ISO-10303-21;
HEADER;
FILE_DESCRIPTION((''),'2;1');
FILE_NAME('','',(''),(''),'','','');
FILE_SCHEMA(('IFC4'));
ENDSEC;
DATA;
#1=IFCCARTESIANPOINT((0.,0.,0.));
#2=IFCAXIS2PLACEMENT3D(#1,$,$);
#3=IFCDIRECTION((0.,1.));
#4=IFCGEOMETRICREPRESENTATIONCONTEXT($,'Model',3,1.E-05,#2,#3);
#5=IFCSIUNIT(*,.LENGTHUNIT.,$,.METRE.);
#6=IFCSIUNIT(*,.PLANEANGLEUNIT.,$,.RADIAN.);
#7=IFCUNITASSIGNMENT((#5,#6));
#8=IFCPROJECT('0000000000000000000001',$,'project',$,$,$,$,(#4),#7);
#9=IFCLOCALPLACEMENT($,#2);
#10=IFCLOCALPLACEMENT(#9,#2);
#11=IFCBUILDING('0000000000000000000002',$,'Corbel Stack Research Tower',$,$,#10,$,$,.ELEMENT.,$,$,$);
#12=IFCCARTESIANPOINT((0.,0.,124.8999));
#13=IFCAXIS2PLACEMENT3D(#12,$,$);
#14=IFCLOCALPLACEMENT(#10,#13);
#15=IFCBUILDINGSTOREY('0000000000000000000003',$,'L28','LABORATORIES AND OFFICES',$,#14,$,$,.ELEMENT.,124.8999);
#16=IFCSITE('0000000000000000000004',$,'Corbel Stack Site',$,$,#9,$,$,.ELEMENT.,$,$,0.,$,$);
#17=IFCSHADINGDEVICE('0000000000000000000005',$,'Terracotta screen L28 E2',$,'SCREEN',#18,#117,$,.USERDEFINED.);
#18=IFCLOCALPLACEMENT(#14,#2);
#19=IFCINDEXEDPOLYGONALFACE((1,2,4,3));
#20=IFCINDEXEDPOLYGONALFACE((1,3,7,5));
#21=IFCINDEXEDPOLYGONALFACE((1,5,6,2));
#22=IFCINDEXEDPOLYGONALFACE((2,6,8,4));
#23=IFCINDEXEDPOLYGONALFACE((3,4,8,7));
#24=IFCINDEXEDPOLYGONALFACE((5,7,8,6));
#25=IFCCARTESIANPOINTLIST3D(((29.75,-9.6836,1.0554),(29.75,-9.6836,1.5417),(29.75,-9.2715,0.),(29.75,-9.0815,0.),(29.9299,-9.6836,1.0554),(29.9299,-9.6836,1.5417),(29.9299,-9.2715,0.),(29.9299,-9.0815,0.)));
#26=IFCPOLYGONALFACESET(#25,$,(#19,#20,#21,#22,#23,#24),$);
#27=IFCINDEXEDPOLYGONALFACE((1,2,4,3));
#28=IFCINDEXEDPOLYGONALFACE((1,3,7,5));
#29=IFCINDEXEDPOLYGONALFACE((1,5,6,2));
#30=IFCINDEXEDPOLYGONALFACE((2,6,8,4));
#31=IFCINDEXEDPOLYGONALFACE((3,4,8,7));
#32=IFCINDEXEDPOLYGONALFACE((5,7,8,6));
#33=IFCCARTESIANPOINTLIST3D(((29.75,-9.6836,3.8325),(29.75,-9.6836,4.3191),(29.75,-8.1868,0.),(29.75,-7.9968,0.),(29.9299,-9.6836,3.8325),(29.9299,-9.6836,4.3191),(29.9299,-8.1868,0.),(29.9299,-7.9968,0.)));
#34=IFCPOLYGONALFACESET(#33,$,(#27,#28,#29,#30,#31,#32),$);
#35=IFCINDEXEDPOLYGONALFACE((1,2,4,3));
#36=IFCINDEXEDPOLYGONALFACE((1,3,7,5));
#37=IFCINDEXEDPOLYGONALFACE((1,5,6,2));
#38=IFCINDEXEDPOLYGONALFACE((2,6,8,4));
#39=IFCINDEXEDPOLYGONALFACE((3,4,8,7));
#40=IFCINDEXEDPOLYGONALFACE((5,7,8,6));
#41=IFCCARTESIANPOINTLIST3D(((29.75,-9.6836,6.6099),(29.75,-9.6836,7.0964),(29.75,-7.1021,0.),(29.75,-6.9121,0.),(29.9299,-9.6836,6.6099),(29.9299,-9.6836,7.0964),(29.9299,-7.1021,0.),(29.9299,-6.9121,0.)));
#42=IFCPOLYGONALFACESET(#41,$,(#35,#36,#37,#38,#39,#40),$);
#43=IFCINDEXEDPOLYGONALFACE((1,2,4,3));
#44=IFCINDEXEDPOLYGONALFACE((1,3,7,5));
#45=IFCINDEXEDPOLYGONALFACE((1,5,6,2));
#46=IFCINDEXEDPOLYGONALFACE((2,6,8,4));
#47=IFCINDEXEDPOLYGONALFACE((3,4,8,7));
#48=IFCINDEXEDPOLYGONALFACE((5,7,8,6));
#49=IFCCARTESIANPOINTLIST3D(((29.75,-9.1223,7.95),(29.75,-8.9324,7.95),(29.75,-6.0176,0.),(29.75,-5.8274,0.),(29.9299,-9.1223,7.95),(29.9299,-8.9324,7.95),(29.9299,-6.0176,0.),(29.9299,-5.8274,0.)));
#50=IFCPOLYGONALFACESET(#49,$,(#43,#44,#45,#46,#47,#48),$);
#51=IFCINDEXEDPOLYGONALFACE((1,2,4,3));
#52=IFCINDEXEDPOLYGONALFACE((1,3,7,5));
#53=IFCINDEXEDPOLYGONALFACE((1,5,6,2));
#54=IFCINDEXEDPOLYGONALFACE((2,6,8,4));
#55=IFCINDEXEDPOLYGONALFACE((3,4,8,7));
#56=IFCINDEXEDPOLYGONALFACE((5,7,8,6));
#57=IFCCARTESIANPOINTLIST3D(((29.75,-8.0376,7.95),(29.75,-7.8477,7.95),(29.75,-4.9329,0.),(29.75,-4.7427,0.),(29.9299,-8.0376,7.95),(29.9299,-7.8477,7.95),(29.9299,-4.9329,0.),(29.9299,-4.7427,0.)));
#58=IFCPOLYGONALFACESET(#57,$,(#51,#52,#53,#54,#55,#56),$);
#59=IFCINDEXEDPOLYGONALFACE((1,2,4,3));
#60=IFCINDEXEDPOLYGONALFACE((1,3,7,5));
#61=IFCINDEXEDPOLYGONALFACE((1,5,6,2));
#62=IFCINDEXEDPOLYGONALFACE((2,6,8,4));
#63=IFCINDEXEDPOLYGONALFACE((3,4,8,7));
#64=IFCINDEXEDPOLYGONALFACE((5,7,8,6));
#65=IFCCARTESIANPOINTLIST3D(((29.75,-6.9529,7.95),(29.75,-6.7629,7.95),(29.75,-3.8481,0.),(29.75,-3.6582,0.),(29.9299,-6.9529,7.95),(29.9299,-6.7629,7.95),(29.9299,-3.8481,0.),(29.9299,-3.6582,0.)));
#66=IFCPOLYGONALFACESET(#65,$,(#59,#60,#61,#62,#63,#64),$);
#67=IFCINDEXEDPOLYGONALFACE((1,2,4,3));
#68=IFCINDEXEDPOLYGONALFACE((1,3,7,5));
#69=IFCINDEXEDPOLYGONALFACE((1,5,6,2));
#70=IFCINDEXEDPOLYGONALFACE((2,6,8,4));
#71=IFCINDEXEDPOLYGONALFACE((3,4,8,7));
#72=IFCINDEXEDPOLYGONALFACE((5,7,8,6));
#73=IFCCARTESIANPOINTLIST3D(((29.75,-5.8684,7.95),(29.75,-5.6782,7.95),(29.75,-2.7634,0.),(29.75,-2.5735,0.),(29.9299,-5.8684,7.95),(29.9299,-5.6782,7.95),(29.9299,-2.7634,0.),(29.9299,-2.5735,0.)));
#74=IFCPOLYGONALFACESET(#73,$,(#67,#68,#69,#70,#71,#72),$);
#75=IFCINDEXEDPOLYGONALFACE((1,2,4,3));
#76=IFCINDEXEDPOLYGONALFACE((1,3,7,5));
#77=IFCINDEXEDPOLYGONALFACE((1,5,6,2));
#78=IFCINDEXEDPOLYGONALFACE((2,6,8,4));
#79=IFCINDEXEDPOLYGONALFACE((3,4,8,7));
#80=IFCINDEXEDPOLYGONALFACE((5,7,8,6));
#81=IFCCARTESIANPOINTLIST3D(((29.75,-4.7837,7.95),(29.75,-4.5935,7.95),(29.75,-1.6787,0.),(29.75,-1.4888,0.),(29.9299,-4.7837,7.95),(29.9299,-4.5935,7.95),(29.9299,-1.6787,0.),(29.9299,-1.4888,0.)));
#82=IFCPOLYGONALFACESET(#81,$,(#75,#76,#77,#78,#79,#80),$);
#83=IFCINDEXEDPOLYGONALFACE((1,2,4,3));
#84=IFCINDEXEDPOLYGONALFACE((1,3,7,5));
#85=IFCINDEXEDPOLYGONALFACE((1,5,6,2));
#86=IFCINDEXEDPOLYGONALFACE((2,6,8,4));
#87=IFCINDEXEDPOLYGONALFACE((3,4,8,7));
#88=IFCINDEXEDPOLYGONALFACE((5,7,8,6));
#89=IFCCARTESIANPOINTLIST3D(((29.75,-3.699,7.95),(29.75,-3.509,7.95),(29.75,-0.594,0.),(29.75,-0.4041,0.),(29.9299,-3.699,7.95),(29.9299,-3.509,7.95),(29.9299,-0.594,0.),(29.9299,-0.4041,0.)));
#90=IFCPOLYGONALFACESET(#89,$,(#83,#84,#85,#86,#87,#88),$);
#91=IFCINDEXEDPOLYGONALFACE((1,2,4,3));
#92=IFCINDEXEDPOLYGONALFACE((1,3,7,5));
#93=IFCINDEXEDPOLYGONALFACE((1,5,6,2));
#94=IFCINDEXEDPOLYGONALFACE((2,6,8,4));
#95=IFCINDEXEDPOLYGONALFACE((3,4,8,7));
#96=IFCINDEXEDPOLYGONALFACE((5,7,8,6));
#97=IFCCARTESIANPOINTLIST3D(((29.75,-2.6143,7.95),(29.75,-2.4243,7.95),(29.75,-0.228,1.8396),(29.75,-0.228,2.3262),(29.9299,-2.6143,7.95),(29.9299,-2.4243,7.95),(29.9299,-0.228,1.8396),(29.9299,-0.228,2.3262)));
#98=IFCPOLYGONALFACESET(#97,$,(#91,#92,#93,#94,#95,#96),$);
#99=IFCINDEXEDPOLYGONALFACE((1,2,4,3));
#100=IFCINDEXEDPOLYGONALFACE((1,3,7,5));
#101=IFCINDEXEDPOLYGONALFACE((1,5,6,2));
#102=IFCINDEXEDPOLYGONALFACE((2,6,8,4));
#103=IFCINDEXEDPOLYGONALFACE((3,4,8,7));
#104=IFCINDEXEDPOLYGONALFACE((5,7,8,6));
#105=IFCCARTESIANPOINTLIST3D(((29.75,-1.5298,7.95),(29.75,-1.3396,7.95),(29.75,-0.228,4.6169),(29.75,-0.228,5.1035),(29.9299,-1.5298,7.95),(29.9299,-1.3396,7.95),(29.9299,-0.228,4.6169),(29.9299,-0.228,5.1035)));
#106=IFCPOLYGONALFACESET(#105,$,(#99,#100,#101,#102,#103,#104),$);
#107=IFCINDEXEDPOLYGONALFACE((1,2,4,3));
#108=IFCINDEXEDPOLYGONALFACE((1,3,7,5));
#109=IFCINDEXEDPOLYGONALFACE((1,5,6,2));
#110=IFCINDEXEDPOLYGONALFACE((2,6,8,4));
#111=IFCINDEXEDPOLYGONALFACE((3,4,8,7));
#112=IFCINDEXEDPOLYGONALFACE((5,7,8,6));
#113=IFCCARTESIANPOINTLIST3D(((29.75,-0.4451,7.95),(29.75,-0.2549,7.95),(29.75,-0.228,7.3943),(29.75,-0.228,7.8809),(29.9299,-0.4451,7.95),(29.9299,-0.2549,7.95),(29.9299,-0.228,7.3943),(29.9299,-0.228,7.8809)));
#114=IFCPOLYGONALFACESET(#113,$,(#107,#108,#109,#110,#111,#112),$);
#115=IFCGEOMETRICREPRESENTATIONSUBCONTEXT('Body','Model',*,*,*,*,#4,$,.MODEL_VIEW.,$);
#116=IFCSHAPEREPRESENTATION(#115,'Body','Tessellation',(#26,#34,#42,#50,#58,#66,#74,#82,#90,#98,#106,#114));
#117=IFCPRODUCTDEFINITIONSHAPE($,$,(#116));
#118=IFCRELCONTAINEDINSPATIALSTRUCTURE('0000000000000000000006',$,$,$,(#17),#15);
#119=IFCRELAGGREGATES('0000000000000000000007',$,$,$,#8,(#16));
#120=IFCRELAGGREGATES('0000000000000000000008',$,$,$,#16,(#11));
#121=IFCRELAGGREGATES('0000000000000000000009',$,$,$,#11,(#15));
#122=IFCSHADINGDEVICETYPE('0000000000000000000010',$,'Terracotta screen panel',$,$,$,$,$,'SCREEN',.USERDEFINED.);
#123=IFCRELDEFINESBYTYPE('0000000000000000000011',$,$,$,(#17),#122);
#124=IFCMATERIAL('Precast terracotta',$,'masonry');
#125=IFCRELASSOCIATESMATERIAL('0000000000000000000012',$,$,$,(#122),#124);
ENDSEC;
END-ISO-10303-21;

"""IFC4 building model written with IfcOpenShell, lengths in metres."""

from ifc_helpers import new_model, si_unit, direction, frame, origin, place, context, subcontext, project, spatial, polyline, outline, extrude, source, transform, mapped, material, type_object, element, save


model = new_model("IFC4")

# Units and contexts
model_context = context("Model", 3, precision=1e-05, world=origin(), true_north=direction((0.0, 1.0)))
body_context = subcontext(model_context, "Body", "Model", "MODEL_VIEW")
ifc_project = project(units=[si_unit("LENGTHUNIT", "METRE"), si_unit("PLANEANGLEUNIT", "RADIAN")], contexts=[model_context])

# Site, building, storey
site_placement = place(None, origin())
site = spatial("IfcSite", under=ifc_project, at=site_placement, Name="Corbel Stack Site", CompositionType="ELEMENT", RefElevation=0.0)
building_placement = place(site_placement, origin())
building = spatial("IfcBuilding", under=site, at=building_placement, Name="Corbel Stack Research Tower", CompositionType="ELEMENT")
storey_placement = place(building_placement, frame((0.0, 0.0, 124.8999)))
storey = spatial("IfcBuildingStorey", under=building, at=storey_placement, Name="L28", Description="LABORATORIES AND OFFICES", CompositionType="ELEMENT", Elevation=124.8999)

# Shading device
ifc_material_1 = material(Name="Precast terracotta", Category="masonry")
shading_device_type = type_object("IfcShadingDeviceType", Name="Terracotta screen panel", ElementType="SCREEN", PredefinedType="USERDEFINED", material=ifc_material_1)
shared_shape_1 = source(origin(), body_context, "Body", "SweptSolid", [
    extrude(outline(polyline([(0.6021, 0.0), (0.0, 1.5417), (0.0, 1.0554), (0.4121, 0.0), (0.6021, 0.0)])), frame((0.0, 0.0, 0.0), z_axis=(0.0, -1.0, 0.0), x_axis=(1.0, 0.0, 0.0)), (0.0, 0.0, 1.0), 0.1799),
    extrude(outline(polyline([(1.6868, 0.0), (0.0, 4.3191), (0.0, 3.8325), (1.4968, 0.0), (1.6868, 0.0)])), frame((0.0, 0.0, 0.0), z_axis=(0.0, -1.0, 0.0), x_axis=(1.0, 0.0, 0.0)), (0.0, 0.0, 1.0), 0.1799),
    extrude(outline(polyline([(2.7715, 0.0), (0.0, 7.0964), (0.0, 6.6099), (2.5815, 0.0), (2.7715, 0.0)])), frame((0.0, 0.0, 0.0), z_axis=(0.0, -1.0, 0.0), x_axis=(1.0, 0.0, 0.0)), (0.0, 0.0, 1.0), 0.1799),
    extrude(outline(polyline([(3.8562, 0.0), (0.7512, 7.95), (0.5613, 7.95), (3.666, 0.0), (3.8562, 0.0)])), frame((0.0, 0.0, 0.0), z_axis=(0.0, -1.0, 0.0), x_axis=(1.0, 0.0, 0.0)), (0.0, 0.0, 1.0), 0.1799),
    extrude(outline(polyline([(4.9409, 0.0), (1.8359, 7.95), (1.646, 7.95), (4.7507, 0.0), (4.9409, 0.0)])), frame((0.0, 0.0, 0.0), z_axis=(0.0, -1.0, 0.0), x_axis=(1.0, 0.0, 0.0)), (0.0, 0.0, 1.0), 0.1799),
    extrude(outline(polyline([(6.0254, 0.0), (2.9207, 7.95), (2.7307, 7.95), (5.8354, 0.0), (6.0254, 0.0)])), frame((0.0, 0.0, 0.0), z_axis=(0.0, -1.0, 0.0), x_axis=(1.0, 0.0, 0.0)), (0.0, 0.0, 1.0), 0.1799),
    extrude(outline(polyline([(7.1101, 0.0), (4.0054, 7.95), (3.8152, 7.95), (6.9202, 0.0), (7.1101, 0.0)])), frame((0.0, 0.0, 0.0), z_axis=(0.0, -1.0, 0.0), x_axis=(1.0, 0.0, 0.0)), (0.0, 0.0, 1.0), 0.1799),
    extrude(outline(polyline([(8.1948, 0.0), (5.0901, 7.95), (4.8999, 7.95), (8.0049, 0.0), (8.1948, 0.0)])), frame((0.0, 0.0, 0.0), z_axis=(0.0, -1.0, 0.0), x_axis=(1.0, 0.0, 0.0)), (0.0, 0.0, 1.0), 0.1799),
    extrude(outline(polyline([(9.2795, 0.0), (6.1746, 7.95), (5.9846, 7.95), (9.0896, 0.0), (9.2795, 0.0)])), frame((0.0, 0.0, 0.0), z_axis=(0.0, -1.0, 0.0), x_axis=(1.0, 0.0, 0.0)), (0.0, 0.0, 1.0), 0.1799),
    extrude(outline(polyline([(7.2593, 7.95), (7.0693, 7.95), (9.4556, 1.8396), (9.4556, 2.3262), (7.2593, 7.95)])), frame((0.0, 0.0, 0.0), z_axis=(0.0, -1.0, 0.0), x_axis=(1.0, 0.0, 0.0)), (0.0, 0.0, 1.0), 0.1799),
    extrude(outline(polyline([(8.344, 7.95), (8.1538, 7.95), (9.4556, 4.6169), (9.4556, 5.1035), (8.344, 7.95)])), frame((0.0, 0.0, 0.0), z_axis=(0.0, -1.0, 0.0), x_axis=(1.0, 0.0, 0.0)), (0.0, 0.0, 1.0), 0.1799),
    extrude(outline(polyline([(9.4287, 7.95), (9.2385, 7.95), (9.4556, 7.3943), (9.4556, 7.8809), (9.4287, 7.95)])), frame((0.0, 0.0, 0.0), z_axis=(0.0, -1.0, 0.0), x_axis=(1.0, 0.0, 0.0)), (0.0, 0.0, 1.0), 0.1799),
])
shading_device_1_placement = place(storey_placement, frame((29.75, -9.6836, 0.0), z_axis=(0.0, 0.0, 1.0), x_axis=(0.0, 1.0, 0.0)))
element("IfcShadingDevice", 1, at=shading_device_1_placement, inside=storey, type_object=shading_device_type, Name="Terracotta screen L28 E2", ObjectType="SCREEN", PredefinedType="USERDEFINED", context=body_context, shape_type="MappedRepresentation", body=[
    mapped(shared_shape_1, transform((0.0, 0.0, 0.0))),
])

save(model, "model.ifc")
